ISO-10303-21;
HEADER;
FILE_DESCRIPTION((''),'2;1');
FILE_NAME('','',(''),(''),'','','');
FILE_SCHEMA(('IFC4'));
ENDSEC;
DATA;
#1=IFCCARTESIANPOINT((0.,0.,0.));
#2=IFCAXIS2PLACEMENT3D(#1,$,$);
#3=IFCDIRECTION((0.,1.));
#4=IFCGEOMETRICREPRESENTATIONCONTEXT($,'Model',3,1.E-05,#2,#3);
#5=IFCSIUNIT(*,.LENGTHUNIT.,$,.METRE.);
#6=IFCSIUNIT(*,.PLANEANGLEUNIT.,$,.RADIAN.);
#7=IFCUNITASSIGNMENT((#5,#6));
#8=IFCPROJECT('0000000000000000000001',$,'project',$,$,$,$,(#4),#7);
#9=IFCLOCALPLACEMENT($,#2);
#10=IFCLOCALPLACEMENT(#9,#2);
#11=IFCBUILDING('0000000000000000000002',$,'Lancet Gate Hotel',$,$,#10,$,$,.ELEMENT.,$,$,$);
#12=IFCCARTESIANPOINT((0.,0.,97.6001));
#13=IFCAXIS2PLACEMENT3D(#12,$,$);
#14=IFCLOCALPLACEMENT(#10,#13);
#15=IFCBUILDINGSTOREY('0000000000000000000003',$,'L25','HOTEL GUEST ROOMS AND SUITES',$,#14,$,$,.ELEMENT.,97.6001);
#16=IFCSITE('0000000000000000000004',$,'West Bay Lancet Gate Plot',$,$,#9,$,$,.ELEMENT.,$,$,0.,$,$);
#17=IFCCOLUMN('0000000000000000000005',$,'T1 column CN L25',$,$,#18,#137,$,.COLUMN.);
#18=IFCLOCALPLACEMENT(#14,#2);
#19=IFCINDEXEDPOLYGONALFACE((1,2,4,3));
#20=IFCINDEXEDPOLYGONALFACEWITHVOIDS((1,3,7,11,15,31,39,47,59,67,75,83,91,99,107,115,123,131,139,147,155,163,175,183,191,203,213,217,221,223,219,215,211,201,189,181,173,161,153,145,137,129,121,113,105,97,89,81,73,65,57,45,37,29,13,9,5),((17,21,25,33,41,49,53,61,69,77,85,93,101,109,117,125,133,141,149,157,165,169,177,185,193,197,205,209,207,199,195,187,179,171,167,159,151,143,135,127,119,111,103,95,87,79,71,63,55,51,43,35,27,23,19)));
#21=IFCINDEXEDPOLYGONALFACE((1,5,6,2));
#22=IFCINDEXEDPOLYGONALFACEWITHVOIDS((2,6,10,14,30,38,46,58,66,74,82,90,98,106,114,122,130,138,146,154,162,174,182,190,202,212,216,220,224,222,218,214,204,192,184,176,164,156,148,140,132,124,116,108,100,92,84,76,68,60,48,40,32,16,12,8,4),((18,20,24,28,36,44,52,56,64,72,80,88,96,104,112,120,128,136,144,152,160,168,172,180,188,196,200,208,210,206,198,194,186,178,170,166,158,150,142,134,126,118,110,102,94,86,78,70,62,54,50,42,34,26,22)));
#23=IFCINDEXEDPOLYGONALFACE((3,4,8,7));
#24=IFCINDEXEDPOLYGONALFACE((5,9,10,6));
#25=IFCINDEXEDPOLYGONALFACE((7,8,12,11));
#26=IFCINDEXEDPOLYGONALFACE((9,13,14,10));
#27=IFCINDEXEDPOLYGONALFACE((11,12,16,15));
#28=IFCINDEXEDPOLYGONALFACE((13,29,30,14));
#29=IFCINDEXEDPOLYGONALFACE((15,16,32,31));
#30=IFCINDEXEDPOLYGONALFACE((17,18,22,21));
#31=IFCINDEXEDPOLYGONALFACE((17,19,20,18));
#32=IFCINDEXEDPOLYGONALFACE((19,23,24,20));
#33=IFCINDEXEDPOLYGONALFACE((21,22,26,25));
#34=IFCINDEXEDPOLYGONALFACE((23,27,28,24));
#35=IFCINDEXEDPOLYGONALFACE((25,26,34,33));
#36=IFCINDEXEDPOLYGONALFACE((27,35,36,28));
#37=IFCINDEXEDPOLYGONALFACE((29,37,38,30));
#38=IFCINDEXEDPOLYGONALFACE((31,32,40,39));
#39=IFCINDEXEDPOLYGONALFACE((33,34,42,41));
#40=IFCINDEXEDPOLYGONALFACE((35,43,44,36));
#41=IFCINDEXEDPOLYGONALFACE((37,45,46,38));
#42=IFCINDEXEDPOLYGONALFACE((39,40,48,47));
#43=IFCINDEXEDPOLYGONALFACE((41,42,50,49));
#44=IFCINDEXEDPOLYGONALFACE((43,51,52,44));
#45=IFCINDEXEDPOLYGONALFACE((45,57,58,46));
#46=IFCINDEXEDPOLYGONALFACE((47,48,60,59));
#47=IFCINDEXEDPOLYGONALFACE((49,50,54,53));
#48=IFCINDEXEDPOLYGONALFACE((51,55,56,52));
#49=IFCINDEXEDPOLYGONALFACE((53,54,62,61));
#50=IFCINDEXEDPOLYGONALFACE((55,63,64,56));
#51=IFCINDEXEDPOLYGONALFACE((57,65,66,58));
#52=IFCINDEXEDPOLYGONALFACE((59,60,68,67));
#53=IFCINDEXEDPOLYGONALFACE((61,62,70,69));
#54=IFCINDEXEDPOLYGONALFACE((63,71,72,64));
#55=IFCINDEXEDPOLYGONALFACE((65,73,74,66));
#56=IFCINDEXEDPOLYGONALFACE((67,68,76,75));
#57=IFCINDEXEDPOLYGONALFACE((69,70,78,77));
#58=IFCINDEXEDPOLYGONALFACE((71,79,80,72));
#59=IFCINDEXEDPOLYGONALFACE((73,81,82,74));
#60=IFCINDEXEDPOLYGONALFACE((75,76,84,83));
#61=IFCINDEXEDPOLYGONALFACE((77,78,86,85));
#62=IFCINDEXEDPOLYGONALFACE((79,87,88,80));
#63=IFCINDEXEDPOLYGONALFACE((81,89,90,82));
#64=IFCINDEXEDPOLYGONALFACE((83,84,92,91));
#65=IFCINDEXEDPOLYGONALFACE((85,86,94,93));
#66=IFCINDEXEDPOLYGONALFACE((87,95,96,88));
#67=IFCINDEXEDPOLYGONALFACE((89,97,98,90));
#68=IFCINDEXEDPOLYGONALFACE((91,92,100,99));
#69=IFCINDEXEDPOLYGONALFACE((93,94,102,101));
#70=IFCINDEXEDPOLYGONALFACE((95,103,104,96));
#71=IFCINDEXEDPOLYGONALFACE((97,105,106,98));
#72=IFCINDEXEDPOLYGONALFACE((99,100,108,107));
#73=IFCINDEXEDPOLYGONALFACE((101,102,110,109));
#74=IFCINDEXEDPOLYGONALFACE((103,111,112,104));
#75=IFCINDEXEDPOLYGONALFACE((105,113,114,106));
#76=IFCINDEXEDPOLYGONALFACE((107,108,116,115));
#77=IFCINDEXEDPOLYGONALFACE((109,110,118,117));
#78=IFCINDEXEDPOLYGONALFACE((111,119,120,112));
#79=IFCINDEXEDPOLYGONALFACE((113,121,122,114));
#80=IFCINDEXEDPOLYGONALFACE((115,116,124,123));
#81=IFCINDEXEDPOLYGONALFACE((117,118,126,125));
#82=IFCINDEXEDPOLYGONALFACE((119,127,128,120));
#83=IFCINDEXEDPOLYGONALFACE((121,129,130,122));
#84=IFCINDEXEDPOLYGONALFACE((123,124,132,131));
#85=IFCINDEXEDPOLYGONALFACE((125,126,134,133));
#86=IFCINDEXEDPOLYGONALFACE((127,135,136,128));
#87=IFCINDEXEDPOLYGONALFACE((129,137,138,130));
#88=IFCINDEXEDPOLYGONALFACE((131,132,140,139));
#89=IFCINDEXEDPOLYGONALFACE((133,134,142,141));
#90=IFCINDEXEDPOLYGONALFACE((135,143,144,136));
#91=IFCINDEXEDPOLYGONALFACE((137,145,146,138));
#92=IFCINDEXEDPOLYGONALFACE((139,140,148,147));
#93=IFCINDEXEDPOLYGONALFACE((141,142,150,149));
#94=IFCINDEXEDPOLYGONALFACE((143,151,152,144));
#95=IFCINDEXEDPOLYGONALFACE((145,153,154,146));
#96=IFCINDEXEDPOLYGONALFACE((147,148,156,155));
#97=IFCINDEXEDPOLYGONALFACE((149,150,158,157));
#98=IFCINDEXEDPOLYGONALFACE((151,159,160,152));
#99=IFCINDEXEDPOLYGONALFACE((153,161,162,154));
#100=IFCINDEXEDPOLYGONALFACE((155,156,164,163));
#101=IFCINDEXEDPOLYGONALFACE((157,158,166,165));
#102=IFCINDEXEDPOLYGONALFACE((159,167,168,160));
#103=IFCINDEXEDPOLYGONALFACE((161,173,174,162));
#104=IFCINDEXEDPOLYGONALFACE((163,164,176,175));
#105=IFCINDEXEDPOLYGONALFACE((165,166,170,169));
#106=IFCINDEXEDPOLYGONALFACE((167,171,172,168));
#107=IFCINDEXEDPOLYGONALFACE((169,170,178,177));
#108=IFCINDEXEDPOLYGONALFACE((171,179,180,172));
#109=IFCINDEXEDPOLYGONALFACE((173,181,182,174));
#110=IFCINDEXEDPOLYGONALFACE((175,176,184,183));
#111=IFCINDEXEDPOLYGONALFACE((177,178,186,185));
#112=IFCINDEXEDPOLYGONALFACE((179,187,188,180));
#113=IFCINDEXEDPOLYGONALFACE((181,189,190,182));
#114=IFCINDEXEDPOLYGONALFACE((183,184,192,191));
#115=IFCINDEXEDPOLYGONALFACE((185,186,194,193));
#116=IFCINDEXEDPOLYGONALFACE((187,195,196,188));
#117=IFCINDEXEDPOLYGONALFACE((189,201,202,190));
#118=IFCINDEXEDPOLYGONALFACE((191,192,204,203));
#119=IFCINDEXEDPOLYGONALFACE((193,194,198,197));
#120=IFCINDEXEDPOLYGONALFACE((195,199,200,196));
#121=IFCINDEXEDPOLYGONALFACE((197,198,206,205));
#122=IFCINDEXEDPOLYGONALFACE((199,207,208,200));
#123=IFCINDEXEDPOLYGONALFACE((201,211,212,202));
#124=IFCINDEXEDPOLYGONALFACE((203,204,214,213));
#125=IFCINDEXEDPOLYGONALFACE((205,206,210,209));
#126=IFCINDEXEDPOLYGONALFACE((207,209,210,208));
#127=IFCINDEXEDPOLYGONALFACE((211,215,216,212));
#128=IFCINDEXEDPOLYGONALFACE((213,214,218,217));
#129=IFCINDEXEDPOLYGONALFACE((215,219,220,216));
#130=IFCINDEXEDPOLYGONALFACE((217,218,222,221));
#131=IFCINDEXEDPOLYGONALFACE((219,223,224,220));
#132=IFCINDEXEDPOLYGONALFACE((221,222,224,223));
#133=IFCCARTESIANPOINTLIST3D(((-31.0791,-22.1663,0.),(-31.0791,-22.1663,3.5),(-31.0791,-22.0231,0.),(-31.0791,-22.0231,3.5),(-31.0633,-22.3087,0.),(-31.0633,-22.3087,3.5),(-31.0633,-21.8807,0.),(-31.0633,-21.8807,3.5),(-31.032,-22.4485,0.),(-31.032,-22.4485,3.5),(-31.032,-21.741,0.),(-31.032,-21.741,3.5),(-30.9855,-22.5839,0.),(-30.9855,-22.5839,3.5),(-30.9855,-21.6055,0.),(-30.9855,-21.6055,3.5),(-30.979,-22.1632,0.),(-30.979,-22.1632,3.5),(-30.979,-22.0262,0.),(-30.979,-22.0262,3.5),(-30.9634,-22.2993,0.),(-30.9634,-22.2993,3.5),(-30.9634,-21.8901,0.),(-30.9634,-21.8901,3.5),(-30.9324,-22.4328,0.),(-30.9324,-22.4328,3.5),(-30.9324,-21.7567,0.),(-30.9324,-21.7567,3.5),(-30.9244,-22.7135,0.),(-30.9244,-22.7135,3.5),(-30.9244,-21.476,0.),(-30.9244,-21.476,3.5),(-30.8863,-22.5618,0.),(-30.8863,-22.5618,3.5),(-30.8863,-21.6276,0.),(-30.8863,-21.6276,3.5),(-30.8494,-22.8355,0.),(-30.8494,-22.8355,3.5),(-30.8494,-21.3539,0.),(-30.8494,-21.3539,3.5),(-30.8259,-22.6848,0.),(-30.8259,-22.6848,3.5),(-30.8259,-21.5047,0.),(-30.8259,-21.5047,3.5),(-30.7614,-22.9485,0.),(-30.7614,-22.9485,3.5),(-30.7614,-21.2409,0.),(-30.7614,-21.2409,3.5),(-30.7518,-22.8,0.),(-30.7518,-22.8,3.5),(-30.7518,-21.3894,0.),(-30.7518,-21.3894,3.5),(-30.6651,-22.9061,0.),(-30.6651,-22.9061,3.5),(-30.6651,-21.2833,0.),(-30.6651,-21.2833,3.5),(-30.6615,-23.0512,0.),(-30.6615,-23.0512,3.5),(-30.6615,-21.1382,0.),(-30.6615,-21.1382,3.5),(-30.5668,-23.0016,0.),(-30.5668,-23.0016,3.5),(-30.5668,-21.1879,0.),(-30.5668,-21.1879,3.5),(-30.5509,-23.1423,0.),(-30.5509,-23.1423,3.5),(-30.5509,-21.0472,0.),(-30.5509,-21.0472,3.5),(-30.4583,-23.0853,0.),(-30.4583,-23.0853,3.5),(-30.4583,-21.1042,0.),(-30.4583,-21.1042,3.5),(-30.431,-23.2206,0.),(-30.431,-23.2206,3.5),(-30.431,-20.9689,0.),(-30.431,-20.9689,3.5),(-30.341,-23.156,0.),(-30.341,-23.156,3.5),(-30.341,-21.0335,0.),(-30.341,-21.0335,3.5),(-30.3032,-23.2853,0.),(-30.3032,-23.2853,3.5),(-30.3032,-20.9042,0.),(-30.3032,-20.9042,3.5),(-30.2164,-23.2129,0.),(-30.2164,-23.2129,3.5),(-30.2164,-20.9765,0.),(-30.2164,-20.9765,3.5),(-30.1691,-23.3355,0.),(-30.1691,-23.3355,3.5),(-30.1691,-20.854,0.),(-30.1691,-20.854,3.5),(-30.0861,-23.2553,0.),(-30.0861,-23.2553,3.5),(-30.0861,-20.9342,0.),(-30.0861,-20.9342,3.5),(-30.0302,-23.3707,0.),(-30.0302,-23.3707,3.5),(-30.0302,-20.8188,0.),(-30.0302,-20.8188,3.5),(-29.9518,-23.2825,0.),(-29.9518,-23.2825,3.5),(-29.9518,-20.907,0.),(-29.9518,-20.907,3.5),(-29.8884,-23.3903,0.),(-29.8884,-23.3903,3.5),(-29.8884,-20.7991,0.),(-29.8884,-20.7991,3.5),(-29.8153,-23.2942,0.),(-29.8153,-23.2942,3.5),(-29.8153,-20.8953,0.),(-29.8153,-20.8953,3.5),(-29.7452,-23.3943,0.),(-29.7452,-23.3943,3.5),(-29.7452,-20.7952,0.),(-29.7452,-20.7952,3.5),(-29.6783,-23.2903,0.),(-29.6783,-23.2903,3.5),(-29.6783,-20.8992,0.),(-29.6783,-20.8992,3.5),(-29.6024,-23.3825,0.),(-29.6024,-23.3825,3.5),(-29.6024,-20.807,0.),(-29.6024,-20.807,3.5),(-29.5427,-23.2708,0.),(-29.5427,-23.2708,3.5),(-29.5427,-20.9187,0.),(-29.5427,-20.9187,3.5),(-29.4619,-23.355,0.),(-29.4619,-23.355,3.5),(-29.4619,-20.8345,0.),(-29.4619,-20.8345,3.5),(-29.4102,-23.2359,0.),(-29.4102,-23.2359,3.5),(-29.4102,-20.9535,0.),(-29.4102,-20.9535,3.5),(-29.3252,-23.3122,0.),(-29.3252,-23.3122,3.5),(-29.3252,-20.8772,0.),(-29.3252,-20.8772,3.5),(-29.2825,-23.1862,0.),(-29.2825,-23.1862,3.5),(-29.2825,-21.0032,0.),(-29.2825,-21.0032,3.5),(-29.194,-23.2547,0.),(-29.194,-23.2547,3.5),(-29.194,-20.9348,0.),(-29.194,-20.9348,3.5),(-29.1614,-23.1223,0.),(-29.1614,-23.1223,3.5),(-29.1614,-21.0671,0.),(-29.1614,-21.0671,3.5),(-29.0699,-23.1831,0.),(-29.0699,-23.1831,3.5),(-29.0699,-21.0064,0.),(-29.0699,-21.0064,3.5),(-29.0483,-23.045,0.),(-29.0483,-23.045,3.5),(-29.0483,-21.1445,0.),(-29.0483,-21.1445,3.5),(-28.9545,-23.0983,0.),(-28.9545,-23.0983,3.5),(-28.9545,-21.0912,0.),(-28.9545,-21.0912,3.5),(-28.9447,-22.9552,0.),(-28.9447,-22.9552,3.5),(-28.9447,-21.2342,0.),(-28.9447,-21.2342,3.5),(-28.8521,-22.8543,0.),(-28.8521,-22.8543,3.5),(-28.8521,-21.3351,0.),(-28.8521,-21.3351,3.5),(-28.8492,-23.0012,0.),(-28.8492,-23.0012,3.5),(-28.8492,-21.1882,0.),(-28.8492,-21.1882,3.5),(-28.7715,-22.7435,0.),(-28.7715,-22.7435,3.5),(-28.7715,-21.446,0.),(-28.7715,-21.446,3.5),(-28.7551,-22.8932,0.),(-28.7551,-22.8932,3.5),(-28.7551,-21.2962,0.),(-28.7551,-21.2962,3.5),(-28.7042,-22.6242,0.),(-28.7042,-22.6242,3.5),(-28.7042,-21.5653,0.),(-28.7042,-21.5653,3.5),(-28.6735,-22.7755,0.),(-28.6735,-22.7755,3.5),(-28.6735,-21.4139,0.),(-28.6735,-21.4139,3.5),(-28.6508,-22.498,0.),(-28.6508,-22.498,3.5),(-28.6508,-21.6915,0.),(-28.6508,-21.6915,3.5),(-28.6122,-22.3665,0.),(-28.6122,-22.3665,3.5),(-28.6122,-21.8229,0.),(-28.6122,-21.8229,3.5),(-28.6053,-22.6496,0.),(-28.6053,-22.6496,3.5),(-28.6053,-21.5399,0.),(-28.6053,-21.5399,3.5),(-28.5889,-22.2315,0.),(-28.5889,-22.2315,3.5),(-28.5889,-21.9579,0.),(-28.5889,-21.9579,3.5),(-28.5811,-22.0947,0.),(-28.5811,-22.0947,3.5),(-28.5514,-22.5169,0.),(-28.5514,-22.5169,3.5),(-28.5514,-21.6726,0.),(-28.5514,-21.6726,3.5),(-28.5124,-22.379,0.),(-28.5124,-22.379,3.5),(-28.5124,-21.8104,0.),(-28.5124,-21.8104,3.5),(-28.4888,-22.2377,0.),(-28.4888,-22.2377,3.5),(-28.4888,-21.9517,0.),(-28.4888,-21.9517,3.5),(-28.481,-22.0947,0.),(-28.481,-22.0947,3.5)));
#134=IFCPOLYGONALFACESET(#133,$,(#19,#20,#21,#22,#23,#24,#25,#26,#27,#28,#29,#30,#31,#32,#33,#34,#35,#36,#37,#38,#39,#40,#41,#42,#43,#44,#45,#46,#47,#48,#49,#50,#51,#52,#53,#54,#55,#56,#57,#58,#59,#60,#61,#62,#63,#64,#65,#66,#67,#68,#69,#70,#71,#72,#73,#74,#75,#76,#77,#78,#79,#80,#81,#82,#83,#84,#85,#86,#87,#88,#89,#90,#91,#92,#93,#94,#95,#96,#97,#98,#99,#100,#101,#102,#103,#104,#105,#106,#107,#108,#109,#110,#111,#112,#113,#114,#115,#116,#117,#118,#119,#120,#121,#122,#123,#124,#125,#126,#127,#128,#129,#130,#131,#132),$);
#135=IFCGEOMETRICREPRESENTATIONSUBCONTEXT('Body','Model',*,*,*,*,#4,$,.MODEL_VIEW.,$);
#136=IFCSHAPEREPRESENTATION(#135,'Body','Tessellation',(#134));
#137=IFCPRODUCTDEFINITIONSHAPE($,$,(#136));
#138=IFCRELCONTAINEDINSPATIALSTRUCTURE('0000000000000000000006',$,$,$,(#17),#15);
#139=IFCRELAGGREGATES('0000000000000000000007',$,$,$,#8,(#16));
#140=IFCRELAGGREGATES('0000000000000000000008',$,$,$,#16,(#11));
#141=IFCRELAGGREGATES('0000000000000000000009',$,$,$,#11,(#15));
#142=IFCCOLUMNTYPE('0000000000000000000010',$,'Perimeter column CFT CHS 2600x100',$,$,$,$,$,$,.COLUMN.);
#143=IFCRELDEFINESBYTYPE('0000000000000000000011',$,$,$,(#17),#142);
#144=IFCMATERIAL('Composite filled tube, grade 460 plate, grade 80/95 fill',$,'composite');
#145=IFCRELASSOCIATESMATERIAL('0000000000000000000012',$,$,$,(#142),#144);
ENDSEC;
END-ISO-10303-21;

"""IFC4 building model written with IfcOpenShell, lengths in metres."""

from ifc_helpers import new_model, si_unit, direction, frame, origin, origin_2d, place, context, subcontext, project, spatial, hollow_circle, extrude, material, material_profile, profile_set, type_object, element, save


model = new_model("IFC4")

# Units and contexts
model_context = context("Model", 3, precision=1e-05, world=origin(), true_north=direction((0.0, 1.0)))
body_context = subcontext(model_context, "Body", "Model", "MODEL_VIEW")
ifc_project = project(units=[si_unit("LENGTHUNIT", "METRE"), si_unit("PLANEANGLEUNIT", "RADIAN")], contexts=[model_context])

# Site, building, storey
site_placement = place(None, origin())
site = spatial("IfcSite", under=ifc_project, at=site_placement, Name="West Bay Lancet Gate Plot", CompositionType="ELEMENT", RefElevation=0.0)
building_placement = place(site_placement, origin())
building = spatial("IfcBuilding", under=site, at=building_placement, Name="Lancet Gate Hotel", CompositionType="ELEMENT")
storey_placement = place(building_placement, frame((0.0, 0.0, 97.6001)))
storey = spatial("IfcBuildingStorey", under=building, at=storey_placement, Name="L25", Description="HOTEL GUEST ROOMS AND SUITES", CompositionType="ELEMENT", Elevation=97.6001)

# Column
ifc_material_1 = material(Name="Composite filled tube, grade 460 plate, grade 80/95 fill", Category="composite")
ifc_material_profile_1 = material_profile(ifc_material_1, hollow_circle(Radius=1.3, WallThickness=0.1001, at=origin_2d()), Name="CHS 2600x100")
ifc_profile_set_1 = profile_set([ifc_material_profile_1], Name="Composite filled tube, grade 460 plate, grade 80/95 fill")
column_type = type_object("IfcColumnType", Name="Perimeter column CFT CHS 2600x100", PredefinedType="COLUMN", material=ifc_profile_set_1)
for number, where, z_axis, x_axis, name in (
    (1, (-29.781, -22.0947, 0.0), (0.0, 0.0, 1.0), (1.0, 0.0, 0.0), "T1 column CN L25"),
):
    element("IfcColumn", number, at=place(storey_placement, frame(where, z_axis=z_axis, x_axis=x_axis)), inside=storey, type_object=column_type, Name=name, PredefinedType="COLUMN", context=body_context, shape_type="SweptSolid", body=[
        extrude(hollow_circle(Radius=1.3, WallThickness=0.1001, at=origin_2d()), origin(), (0.0, 0.0, 1.0), 3.5),
    ])

save(model, "model.ifc")
